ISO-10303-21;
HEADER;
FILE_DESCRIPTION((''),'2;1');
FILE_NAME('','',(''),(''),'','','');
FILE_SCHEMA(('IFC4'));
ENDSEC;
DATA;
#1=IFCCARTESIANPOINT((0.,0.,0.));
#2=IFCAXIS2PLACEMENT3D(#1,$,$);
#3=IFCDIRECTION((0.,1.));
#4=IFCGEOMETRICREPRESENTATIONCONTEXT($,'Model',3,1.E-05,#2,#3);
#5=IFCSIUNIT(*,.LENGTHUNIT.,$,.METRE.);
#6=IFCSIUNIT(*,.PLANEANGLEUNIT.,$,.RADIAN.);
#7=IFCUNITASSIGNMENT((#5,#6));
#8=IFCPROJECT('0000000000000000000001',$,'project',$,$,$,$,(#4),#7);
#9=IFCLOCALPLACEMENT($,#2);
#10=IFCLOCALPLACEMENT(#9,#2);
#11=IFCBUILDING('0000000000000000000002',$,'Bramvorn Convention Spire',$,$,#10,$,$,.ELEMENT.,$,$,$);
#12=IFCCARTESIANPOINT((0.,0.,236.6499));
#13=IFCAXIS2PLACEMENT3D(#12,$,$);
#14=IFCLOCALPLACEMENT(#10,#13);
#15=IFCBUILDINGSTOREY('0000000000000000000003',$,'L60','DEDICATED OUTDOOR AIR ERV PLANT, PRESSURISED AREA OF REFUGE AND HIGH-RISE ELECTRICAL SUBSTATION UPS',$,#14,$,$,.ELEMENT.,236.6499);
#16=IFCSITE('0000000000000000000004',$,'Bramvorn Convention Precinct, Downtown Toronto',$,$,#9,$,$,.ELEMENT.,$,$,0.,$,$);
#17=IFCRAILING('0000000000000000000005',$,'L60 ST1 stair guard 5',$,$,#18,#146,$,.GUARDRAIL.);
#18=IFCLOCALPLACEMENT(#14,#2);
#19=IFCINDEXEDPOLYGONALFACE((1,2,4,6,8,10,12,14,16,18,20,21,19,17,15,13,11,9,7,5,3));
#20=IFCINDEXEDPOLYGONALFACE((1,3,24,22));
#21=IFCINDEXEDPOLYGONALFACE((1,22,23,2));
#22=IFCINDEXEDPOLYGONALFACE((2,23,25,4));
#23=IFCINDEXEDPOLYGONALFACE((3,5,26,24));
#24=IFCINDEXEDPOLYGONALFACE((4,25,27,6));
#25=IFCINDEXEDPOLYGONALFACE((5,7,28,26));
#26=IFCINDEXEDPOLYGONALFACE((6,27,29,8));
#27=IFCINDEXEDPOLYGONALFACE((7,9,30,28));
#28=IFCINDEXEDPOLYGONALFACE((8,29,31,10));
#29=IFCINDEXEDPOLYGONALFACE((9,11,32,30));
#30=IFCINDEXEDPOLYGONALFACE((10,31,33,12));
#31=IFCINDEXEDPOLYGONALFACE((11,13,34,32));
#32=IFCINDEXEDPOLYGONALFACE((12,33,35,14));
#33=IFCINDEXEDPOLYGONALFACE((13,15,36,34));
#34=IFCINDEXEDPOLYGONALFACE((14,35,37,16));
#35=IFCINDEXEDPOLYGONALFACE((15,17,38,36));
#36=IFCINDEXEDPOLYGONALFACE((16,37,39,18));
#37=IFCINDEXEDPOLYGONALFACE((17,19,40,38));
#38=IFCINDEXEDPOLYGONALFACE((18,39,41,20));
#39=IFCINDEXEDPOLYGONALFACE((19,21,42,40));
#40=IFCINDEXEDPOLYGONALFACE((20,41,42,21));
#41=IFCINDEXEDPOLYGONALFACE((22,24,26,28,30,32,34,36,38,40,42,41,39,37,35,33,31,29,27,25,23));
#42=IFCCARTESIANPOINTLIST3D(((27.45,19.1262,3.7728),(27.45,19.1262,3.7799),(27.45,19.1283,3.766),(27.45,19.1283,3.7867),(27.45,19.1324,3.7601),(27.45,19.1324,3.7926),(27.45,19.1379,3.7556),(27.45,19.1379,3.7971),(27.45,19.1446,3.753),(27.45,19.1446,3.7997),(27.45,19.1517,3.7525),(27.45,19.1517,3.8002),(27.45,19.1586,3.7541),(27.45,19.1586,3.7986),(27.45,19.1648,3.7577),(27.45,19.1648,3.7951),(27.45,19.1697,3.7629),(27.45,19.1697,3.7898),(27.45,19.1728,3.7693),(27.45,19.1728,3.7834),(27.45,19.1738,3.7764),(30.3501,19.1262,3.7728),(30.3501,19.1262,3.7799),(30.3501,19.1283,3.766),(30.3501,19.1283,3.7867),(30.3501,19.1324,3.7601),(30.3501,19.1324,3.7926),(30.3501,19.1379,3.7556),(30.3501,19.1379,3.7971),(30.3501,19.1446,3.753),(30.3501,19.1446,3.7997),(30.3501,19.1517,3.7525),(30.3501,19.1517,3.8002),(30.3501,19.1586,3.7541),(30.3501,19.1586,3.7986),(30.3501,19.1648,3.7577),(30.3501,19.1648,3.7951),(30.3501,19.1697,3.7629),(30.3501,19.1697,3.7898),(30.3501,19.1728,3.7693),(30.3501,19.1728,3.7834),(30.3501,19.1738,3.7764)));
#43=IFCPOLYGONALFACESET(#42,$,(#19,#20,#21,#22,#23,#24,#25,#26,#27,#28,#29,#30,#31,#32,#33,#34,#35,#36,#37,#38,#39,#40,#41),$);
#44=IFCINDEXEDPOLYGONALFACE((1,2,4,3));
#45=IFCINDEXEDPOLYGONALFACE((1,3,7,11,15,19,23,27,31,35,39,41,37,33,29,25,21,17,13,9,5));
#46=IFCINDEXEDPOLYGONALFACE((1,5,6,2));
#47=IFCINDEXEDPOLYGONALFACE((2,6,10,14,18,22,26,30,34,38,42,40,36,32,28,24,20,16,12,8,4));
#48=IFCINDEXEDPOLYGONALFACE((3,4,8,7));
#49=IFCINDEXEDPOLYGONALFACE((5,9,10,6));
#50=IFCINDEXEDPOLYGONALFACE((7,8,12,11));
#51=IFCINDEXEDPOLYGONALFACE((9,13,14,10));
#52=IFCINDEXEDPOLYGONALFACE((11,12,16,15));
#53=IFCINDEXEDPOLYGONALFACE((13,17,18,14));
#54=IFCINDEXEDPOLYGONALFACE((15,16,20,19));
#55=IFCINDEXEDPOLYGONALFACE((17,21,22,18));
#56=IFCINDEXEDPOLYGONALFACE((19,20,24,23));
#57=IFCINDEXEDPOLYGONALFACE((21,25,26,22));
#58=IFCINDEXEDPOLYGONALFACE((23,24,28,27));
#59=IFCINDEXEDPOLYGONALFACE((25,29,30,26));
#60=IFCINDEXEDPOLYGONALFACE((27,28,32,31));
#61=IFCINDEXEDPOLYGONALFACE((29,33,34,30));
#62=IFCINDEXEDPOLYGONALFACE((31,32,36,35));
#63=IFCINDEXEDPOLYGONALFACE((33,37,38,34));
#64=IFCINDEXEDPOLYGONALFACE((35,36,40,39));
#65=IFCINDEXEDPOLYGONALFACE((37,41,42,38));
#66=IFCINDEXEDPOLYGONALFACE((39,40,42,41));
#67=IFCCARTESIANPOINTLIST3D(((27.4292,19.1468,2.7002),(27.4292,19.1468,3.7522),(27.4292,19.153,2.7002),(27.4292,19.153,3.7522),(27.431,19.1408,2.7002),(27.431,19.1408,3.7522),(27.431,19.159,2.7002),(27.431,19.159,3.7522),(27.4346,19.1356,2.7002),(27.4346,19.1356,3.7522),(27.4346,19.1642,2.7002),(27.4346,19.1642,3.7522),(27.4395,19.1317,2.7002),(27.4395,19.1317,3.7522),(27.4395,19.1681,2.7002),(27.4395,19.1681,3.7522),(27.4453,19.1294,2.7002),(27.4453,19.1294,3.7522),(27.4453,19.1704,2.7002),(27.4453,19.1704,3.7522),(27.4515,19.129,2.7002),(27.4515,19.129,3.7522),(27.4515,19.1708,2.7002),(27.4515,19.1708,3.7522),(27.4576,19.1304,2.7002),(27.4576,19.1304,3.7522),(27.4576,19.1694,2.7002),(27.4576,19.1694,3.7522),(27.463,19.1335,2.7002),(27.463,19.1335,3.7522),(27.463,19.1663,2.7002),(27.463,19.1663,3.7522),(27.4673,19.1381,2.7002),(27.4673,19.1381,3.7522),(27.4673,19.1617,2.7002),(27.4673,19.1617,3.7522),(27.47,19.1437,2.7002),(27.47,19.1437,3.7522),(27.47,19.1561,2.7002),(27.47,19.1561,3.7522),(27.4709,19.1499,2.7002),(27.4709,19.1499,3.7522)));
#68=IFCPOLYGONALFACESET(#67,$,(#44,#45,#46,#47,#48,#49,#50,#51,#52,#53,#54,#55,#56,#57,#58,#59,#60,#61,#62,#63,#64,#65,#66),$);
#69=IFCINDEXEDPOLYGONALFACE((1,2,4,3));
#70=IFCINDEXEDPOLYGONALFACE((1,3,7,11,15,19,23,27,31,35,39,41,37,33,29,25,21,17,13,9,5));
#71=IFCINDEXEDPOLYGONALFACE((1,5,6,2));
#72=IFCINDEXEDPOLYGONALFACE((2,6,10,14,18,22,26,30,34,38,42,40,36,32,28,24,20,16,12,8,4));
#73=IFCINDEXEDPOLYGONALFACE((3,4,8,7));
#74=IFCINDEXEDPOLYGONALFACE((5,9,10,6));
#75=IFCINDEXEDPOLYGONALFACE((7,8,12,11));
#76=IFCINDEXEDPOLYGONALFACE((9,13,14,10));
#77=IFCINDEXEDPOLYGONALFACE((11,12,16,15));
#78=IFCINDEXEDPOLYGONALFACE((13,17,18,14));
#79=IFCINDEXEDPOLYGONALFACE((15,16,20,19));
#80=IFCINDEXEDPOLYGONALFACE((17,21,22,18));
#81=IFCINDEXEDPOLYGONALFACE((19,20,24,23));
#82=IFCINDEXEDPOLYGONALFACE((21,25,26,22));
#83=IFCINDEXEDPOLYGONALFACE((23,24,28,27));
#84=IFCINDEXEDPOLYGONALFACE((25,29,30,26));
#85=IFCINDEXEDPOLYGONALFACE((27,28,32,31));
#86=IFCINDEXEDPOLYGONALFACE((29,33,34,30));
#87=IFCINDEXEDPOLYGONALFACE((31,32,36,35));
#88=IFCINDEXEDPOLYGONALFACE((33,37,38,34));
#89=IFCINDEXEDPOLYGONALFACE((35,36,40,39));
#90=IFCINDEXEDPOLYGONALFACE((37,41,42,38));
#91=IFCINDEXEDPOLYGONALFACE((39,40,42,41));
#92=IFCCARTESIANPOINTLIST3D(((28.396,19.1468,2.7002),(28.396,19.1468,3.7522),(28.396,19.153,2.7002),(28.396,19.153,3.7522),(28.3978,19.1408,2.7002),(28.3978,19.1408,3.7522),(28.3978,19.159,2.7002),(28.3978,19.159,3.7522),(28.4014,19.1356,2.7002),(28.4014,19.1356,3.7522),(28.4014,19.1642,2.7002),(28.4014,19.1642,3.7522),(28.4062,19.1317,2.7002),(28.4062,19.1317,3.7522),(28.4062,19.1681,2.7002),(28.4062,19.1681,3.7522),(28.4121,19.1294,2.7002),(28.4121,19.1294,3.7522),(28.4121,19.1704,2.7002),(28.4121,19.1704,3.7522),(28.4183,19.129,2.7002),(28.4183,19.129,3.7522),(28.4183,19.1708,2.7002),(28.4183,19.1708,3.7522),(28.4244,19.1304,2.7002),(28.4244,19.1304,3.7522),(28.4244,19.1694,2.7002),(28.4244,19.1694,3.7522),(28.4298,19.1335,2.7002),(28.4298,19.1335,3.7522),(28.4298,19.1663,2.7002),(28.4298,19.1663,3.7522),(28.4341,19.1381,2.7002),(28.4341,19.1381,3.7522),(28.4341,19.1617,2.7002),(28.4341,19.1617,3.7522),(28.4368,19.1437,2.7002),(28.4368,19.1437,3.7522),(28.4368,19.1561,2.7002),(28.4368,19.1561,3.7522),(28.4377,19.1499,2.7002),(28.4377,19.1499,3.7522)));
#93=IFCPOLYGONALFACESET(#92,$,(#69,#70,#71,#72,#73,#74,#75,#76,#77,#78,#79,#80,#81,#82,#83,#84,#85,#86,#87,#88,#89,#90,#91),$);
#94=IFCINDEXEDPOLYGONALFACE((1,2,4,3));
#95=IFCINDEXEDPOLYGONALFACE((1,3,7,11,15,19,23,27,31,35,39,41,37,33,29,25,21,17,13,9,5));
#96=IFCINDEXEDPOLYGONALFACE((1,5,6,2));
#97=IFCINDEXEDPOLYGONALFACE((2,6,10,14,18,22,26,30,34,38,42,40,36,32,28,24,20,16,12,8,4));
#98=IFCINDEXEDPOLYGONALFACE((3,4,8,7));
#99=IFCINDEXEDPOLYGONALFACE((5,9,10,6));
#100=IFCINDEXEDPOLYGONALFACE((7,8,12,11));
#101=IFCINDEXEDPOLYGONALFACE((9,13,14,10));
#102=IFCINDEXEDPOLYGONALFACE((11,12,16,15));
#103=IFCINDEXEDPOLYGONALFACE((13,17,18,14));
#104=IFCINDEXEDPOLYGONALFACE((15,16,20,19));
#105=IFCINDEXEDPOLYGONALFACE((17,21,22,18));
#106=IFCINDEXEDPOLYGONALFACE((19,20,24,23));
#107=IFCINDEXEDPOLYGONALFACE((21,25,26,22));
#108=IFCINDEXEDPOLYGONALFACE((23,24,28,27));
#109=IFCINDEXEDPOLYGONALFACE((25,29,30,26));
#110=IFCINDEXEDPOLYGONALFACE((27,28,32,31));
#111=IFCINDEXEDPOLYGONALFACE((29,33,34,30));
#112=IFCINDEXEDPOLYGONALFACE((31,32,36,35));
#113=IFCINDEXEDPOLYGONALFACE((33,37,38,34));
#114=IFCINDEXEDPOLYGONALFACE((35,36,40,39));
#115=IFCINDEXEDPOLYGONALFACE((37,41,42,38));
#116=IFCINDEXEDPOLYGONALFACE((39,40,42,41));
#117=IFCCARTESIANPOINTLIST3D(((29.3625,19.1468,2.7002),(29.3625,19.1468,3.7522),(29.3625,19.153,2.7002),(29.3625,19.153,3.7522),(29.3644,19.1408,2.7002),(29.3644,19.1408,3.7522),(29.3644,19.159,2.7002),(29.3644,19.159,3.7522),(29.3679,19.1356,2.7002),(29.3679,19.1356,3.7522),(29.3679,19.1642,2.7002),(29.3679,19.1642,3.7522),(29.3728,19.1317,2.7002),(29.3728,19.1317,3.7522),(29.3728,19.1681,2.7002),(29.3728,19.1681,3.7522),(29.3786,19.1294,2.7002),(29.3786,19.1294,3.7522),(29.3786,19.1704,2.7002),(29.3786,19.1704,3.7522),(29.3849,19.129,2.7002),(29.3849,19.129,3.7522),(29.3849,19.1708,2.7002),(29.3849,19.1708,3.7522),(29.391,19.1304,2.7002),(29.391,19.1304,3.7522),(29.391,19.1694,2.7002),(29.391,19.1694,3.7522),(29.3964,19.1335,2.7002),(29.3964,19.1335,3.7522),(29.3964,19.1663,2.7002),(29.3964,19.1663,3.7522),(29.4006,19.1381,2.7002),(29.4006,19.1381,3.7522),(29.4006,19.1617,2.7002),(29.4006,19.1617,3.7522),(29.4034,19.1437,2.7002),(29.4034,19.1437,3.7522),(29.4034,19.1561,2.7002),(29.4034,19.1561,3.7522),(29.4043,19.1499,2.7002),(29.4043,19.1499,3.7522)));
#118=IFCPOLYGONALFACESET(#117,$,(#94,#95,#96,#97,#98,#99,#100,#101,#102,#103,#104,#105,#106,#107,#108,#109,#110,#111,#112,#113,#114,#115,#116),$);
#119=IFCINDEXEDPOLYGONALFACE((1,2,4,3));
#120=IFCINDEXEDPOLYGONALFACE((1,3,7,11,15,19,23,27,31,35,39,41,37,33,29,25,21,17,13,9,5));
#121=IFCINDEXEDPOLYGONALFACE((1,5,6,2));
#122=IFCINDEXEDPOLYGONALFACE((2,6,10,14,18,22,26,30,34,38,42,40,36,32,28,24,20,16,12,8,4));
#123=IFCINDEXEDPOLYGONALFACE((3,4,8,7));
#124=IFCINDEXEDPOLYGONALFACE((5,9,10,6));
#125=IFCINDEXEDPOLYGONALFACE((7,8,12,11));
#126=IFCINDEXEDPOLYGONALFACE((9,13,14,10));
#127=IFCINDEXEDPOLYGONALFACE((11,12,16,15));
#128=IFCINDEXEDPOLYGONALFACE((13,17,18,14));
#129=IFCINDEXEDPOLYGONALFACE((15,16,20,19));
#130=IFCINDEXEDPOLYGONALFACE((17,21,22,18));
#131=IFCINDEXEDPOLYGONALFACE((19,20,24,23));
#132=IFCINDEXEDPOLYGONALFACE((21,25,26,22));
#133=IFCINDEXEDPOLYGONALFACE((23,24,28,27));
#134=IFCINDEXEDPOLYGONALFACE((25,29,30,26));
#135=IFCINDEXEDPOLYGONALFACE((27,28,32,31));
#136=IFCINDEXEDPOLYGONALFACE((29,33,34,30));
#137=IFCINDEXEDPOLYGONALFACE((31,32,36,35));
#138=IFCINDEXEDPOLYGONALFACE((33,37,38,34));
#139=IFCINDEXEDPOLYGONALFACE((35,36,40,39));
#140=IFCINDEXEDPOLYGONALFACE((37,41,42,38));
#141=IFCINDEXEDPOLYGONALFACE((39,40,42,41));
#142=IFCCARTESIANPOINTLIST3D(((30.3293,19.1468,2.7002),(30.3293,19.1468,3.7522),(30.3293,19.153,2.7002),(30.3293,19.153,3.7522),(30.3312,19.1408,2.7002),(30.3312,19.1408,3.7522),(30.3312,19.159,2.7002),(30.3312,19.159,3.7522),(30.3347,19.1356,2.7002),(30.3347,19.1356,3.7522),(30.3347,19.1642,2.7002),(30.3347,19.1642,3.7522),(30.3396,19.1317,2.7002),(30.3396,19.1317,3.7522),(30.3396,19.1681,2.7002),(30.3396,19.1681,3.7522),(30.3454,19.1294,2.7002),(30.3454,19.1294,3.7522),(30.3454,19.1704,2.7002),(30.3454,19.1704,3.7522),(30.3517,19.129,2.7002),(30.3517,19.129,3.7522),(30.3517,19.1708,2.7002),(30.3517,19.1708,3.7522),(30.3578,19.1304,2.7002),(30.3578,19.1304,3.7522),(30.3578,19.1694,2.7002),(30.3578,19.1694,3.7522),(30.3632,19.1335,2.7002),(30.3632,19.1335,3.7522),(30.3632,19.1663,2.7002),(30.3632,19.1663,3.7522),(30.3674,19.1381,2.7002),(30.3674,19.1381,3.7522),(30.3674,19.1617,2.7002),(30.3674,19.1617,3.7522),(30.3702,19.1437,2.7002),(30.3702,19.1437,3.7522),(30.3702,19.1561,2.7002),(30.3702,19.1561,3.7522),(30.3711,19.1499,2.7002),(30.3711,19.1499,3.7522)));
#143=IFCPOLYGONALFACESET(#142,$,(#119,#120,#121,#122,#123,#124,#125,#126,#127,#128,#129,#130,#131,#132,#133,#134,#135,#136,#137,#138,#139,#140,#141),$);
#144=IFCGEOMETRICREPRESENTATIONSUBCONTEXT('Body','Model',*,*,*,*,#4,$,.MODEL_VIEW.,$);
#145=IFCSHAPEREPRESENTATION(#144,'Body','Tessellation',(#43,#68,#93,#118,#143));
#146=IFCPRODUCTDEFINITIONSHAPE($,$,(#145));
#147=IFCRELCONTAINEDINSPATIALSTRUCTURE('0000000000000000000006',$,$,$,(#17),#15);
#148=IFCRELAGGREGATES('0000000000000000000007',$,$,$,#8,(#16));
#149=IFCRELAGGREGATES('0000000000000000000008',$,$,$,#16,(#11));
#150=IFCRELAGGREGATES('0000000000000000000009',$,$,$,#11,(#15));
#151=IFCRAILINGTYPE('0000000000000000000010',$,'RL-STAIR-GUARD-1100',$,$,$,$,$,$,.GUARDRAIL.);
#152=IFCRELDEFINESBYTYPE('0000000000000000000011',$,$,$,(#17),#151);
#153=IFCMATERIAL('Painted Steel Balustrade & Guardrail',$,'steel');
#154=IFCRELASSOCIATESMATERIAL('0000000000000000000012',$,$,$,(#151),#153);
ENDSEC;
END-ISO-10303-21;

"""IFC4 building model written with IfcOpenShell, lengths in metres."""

from ifc_helpers import new_model, si_unit, direction, frame, origin, origin_2d, place, context, subcontext, project, spatial, circle, extrude, material, type_object, element, save


model = new_model("IFC4")

# Units and contexts
model_context = context("Model", 3, precision=1e-05, world=origin(), true_north=direction((0.0, 1.0)))
body_context = subcontext(model_context, "Body", "Model", "MODEL_VIEW")
ifc_project = project(units=[si_unit("LENGTHUNIT", "METRE"), si_unit("PLANEANGLEUNIT", "RADIAN")], contexts=[model_context])

# Site, building, storey
site_placement = place(None, origin())
site = spatial("IfcSite", under=ifc_project, at=site_placement, Name="Bramvorn Convention Precinct, Downtown Toronto", CompositionType="ELEMENT", RefElevation=0.0)
building_placement = place(site_placement, origin())
building = spatial("IfcBuilding", under=site, at=building_placement, Name="Bramvorn Convention Spire", CompositionType="ELEMENT")
storey_placement = place(building_placement, frame((0.0, 0.0, 236.6499)))
storey = spatial("IfcBuildingStorey", under=building, at=storey_placement, Name="L60", Description="DEDICATED OUTDOOR AIR ERV PLANT, PRESSURISED AREA OF REFUGE AND HIGH-RISE ELECTRICAL SUBSTATION UPS", CompositionType="ELEMENT", Elevation=236.6499)

# Railing
ifc_material_1 = material(Name="Painted Steel Balustrade & Guardrail", Category="steel")
railing_type = type_object("IfcRailingType", Name="RL-STAIR-GUARD-1100", PredefinedType="GUARDRAIL", material=ifc_material_1)
railing_1_placement = place(storey_placement, frame((27.45, 19.1499, 2.7002)))
element("IfcRailing", 1, at=railing_1_placement, inside=storey, type_object=railing_type, Name="L60 ST1 stair guard 5", PredefinedType="GUARDRAIL", context=body_context, shape_type="SweptSolid", body=[
    extrude(circle(Radius=0.0239, at=origin_2d()), frame((0.0, 0.0, 1.0762), z_axis=(1.0, 0.0, 0.0), x_axis=(0.0, 1.0, 0.0)), (0.0, 0.0, 1.0), 2.9001),
    extrude(circle(Radius=0.021, at=origin_2d()), origin(), (0.0, 0.0, 1.0), 1.052),
    extrude(circle(Radius=0.021, at=origin_2d()), frame((0.9668, 0.0, 0.0)), (0.0, 0.0, 1.0), 1.052),
    extrude(circle(Radius=0.021, at=origin_2d()), frame((1.9333, 0.0, 0.0)), (0.0, 0.0, 1.0), 1.052),
    extrude(circle(Radius=0.021, at=origin_2d()), frame((2.9001, 0.0, 0.0)), (0.0, 0.0, 1.0), 1.052),
])

save(model, "model.ifc")
